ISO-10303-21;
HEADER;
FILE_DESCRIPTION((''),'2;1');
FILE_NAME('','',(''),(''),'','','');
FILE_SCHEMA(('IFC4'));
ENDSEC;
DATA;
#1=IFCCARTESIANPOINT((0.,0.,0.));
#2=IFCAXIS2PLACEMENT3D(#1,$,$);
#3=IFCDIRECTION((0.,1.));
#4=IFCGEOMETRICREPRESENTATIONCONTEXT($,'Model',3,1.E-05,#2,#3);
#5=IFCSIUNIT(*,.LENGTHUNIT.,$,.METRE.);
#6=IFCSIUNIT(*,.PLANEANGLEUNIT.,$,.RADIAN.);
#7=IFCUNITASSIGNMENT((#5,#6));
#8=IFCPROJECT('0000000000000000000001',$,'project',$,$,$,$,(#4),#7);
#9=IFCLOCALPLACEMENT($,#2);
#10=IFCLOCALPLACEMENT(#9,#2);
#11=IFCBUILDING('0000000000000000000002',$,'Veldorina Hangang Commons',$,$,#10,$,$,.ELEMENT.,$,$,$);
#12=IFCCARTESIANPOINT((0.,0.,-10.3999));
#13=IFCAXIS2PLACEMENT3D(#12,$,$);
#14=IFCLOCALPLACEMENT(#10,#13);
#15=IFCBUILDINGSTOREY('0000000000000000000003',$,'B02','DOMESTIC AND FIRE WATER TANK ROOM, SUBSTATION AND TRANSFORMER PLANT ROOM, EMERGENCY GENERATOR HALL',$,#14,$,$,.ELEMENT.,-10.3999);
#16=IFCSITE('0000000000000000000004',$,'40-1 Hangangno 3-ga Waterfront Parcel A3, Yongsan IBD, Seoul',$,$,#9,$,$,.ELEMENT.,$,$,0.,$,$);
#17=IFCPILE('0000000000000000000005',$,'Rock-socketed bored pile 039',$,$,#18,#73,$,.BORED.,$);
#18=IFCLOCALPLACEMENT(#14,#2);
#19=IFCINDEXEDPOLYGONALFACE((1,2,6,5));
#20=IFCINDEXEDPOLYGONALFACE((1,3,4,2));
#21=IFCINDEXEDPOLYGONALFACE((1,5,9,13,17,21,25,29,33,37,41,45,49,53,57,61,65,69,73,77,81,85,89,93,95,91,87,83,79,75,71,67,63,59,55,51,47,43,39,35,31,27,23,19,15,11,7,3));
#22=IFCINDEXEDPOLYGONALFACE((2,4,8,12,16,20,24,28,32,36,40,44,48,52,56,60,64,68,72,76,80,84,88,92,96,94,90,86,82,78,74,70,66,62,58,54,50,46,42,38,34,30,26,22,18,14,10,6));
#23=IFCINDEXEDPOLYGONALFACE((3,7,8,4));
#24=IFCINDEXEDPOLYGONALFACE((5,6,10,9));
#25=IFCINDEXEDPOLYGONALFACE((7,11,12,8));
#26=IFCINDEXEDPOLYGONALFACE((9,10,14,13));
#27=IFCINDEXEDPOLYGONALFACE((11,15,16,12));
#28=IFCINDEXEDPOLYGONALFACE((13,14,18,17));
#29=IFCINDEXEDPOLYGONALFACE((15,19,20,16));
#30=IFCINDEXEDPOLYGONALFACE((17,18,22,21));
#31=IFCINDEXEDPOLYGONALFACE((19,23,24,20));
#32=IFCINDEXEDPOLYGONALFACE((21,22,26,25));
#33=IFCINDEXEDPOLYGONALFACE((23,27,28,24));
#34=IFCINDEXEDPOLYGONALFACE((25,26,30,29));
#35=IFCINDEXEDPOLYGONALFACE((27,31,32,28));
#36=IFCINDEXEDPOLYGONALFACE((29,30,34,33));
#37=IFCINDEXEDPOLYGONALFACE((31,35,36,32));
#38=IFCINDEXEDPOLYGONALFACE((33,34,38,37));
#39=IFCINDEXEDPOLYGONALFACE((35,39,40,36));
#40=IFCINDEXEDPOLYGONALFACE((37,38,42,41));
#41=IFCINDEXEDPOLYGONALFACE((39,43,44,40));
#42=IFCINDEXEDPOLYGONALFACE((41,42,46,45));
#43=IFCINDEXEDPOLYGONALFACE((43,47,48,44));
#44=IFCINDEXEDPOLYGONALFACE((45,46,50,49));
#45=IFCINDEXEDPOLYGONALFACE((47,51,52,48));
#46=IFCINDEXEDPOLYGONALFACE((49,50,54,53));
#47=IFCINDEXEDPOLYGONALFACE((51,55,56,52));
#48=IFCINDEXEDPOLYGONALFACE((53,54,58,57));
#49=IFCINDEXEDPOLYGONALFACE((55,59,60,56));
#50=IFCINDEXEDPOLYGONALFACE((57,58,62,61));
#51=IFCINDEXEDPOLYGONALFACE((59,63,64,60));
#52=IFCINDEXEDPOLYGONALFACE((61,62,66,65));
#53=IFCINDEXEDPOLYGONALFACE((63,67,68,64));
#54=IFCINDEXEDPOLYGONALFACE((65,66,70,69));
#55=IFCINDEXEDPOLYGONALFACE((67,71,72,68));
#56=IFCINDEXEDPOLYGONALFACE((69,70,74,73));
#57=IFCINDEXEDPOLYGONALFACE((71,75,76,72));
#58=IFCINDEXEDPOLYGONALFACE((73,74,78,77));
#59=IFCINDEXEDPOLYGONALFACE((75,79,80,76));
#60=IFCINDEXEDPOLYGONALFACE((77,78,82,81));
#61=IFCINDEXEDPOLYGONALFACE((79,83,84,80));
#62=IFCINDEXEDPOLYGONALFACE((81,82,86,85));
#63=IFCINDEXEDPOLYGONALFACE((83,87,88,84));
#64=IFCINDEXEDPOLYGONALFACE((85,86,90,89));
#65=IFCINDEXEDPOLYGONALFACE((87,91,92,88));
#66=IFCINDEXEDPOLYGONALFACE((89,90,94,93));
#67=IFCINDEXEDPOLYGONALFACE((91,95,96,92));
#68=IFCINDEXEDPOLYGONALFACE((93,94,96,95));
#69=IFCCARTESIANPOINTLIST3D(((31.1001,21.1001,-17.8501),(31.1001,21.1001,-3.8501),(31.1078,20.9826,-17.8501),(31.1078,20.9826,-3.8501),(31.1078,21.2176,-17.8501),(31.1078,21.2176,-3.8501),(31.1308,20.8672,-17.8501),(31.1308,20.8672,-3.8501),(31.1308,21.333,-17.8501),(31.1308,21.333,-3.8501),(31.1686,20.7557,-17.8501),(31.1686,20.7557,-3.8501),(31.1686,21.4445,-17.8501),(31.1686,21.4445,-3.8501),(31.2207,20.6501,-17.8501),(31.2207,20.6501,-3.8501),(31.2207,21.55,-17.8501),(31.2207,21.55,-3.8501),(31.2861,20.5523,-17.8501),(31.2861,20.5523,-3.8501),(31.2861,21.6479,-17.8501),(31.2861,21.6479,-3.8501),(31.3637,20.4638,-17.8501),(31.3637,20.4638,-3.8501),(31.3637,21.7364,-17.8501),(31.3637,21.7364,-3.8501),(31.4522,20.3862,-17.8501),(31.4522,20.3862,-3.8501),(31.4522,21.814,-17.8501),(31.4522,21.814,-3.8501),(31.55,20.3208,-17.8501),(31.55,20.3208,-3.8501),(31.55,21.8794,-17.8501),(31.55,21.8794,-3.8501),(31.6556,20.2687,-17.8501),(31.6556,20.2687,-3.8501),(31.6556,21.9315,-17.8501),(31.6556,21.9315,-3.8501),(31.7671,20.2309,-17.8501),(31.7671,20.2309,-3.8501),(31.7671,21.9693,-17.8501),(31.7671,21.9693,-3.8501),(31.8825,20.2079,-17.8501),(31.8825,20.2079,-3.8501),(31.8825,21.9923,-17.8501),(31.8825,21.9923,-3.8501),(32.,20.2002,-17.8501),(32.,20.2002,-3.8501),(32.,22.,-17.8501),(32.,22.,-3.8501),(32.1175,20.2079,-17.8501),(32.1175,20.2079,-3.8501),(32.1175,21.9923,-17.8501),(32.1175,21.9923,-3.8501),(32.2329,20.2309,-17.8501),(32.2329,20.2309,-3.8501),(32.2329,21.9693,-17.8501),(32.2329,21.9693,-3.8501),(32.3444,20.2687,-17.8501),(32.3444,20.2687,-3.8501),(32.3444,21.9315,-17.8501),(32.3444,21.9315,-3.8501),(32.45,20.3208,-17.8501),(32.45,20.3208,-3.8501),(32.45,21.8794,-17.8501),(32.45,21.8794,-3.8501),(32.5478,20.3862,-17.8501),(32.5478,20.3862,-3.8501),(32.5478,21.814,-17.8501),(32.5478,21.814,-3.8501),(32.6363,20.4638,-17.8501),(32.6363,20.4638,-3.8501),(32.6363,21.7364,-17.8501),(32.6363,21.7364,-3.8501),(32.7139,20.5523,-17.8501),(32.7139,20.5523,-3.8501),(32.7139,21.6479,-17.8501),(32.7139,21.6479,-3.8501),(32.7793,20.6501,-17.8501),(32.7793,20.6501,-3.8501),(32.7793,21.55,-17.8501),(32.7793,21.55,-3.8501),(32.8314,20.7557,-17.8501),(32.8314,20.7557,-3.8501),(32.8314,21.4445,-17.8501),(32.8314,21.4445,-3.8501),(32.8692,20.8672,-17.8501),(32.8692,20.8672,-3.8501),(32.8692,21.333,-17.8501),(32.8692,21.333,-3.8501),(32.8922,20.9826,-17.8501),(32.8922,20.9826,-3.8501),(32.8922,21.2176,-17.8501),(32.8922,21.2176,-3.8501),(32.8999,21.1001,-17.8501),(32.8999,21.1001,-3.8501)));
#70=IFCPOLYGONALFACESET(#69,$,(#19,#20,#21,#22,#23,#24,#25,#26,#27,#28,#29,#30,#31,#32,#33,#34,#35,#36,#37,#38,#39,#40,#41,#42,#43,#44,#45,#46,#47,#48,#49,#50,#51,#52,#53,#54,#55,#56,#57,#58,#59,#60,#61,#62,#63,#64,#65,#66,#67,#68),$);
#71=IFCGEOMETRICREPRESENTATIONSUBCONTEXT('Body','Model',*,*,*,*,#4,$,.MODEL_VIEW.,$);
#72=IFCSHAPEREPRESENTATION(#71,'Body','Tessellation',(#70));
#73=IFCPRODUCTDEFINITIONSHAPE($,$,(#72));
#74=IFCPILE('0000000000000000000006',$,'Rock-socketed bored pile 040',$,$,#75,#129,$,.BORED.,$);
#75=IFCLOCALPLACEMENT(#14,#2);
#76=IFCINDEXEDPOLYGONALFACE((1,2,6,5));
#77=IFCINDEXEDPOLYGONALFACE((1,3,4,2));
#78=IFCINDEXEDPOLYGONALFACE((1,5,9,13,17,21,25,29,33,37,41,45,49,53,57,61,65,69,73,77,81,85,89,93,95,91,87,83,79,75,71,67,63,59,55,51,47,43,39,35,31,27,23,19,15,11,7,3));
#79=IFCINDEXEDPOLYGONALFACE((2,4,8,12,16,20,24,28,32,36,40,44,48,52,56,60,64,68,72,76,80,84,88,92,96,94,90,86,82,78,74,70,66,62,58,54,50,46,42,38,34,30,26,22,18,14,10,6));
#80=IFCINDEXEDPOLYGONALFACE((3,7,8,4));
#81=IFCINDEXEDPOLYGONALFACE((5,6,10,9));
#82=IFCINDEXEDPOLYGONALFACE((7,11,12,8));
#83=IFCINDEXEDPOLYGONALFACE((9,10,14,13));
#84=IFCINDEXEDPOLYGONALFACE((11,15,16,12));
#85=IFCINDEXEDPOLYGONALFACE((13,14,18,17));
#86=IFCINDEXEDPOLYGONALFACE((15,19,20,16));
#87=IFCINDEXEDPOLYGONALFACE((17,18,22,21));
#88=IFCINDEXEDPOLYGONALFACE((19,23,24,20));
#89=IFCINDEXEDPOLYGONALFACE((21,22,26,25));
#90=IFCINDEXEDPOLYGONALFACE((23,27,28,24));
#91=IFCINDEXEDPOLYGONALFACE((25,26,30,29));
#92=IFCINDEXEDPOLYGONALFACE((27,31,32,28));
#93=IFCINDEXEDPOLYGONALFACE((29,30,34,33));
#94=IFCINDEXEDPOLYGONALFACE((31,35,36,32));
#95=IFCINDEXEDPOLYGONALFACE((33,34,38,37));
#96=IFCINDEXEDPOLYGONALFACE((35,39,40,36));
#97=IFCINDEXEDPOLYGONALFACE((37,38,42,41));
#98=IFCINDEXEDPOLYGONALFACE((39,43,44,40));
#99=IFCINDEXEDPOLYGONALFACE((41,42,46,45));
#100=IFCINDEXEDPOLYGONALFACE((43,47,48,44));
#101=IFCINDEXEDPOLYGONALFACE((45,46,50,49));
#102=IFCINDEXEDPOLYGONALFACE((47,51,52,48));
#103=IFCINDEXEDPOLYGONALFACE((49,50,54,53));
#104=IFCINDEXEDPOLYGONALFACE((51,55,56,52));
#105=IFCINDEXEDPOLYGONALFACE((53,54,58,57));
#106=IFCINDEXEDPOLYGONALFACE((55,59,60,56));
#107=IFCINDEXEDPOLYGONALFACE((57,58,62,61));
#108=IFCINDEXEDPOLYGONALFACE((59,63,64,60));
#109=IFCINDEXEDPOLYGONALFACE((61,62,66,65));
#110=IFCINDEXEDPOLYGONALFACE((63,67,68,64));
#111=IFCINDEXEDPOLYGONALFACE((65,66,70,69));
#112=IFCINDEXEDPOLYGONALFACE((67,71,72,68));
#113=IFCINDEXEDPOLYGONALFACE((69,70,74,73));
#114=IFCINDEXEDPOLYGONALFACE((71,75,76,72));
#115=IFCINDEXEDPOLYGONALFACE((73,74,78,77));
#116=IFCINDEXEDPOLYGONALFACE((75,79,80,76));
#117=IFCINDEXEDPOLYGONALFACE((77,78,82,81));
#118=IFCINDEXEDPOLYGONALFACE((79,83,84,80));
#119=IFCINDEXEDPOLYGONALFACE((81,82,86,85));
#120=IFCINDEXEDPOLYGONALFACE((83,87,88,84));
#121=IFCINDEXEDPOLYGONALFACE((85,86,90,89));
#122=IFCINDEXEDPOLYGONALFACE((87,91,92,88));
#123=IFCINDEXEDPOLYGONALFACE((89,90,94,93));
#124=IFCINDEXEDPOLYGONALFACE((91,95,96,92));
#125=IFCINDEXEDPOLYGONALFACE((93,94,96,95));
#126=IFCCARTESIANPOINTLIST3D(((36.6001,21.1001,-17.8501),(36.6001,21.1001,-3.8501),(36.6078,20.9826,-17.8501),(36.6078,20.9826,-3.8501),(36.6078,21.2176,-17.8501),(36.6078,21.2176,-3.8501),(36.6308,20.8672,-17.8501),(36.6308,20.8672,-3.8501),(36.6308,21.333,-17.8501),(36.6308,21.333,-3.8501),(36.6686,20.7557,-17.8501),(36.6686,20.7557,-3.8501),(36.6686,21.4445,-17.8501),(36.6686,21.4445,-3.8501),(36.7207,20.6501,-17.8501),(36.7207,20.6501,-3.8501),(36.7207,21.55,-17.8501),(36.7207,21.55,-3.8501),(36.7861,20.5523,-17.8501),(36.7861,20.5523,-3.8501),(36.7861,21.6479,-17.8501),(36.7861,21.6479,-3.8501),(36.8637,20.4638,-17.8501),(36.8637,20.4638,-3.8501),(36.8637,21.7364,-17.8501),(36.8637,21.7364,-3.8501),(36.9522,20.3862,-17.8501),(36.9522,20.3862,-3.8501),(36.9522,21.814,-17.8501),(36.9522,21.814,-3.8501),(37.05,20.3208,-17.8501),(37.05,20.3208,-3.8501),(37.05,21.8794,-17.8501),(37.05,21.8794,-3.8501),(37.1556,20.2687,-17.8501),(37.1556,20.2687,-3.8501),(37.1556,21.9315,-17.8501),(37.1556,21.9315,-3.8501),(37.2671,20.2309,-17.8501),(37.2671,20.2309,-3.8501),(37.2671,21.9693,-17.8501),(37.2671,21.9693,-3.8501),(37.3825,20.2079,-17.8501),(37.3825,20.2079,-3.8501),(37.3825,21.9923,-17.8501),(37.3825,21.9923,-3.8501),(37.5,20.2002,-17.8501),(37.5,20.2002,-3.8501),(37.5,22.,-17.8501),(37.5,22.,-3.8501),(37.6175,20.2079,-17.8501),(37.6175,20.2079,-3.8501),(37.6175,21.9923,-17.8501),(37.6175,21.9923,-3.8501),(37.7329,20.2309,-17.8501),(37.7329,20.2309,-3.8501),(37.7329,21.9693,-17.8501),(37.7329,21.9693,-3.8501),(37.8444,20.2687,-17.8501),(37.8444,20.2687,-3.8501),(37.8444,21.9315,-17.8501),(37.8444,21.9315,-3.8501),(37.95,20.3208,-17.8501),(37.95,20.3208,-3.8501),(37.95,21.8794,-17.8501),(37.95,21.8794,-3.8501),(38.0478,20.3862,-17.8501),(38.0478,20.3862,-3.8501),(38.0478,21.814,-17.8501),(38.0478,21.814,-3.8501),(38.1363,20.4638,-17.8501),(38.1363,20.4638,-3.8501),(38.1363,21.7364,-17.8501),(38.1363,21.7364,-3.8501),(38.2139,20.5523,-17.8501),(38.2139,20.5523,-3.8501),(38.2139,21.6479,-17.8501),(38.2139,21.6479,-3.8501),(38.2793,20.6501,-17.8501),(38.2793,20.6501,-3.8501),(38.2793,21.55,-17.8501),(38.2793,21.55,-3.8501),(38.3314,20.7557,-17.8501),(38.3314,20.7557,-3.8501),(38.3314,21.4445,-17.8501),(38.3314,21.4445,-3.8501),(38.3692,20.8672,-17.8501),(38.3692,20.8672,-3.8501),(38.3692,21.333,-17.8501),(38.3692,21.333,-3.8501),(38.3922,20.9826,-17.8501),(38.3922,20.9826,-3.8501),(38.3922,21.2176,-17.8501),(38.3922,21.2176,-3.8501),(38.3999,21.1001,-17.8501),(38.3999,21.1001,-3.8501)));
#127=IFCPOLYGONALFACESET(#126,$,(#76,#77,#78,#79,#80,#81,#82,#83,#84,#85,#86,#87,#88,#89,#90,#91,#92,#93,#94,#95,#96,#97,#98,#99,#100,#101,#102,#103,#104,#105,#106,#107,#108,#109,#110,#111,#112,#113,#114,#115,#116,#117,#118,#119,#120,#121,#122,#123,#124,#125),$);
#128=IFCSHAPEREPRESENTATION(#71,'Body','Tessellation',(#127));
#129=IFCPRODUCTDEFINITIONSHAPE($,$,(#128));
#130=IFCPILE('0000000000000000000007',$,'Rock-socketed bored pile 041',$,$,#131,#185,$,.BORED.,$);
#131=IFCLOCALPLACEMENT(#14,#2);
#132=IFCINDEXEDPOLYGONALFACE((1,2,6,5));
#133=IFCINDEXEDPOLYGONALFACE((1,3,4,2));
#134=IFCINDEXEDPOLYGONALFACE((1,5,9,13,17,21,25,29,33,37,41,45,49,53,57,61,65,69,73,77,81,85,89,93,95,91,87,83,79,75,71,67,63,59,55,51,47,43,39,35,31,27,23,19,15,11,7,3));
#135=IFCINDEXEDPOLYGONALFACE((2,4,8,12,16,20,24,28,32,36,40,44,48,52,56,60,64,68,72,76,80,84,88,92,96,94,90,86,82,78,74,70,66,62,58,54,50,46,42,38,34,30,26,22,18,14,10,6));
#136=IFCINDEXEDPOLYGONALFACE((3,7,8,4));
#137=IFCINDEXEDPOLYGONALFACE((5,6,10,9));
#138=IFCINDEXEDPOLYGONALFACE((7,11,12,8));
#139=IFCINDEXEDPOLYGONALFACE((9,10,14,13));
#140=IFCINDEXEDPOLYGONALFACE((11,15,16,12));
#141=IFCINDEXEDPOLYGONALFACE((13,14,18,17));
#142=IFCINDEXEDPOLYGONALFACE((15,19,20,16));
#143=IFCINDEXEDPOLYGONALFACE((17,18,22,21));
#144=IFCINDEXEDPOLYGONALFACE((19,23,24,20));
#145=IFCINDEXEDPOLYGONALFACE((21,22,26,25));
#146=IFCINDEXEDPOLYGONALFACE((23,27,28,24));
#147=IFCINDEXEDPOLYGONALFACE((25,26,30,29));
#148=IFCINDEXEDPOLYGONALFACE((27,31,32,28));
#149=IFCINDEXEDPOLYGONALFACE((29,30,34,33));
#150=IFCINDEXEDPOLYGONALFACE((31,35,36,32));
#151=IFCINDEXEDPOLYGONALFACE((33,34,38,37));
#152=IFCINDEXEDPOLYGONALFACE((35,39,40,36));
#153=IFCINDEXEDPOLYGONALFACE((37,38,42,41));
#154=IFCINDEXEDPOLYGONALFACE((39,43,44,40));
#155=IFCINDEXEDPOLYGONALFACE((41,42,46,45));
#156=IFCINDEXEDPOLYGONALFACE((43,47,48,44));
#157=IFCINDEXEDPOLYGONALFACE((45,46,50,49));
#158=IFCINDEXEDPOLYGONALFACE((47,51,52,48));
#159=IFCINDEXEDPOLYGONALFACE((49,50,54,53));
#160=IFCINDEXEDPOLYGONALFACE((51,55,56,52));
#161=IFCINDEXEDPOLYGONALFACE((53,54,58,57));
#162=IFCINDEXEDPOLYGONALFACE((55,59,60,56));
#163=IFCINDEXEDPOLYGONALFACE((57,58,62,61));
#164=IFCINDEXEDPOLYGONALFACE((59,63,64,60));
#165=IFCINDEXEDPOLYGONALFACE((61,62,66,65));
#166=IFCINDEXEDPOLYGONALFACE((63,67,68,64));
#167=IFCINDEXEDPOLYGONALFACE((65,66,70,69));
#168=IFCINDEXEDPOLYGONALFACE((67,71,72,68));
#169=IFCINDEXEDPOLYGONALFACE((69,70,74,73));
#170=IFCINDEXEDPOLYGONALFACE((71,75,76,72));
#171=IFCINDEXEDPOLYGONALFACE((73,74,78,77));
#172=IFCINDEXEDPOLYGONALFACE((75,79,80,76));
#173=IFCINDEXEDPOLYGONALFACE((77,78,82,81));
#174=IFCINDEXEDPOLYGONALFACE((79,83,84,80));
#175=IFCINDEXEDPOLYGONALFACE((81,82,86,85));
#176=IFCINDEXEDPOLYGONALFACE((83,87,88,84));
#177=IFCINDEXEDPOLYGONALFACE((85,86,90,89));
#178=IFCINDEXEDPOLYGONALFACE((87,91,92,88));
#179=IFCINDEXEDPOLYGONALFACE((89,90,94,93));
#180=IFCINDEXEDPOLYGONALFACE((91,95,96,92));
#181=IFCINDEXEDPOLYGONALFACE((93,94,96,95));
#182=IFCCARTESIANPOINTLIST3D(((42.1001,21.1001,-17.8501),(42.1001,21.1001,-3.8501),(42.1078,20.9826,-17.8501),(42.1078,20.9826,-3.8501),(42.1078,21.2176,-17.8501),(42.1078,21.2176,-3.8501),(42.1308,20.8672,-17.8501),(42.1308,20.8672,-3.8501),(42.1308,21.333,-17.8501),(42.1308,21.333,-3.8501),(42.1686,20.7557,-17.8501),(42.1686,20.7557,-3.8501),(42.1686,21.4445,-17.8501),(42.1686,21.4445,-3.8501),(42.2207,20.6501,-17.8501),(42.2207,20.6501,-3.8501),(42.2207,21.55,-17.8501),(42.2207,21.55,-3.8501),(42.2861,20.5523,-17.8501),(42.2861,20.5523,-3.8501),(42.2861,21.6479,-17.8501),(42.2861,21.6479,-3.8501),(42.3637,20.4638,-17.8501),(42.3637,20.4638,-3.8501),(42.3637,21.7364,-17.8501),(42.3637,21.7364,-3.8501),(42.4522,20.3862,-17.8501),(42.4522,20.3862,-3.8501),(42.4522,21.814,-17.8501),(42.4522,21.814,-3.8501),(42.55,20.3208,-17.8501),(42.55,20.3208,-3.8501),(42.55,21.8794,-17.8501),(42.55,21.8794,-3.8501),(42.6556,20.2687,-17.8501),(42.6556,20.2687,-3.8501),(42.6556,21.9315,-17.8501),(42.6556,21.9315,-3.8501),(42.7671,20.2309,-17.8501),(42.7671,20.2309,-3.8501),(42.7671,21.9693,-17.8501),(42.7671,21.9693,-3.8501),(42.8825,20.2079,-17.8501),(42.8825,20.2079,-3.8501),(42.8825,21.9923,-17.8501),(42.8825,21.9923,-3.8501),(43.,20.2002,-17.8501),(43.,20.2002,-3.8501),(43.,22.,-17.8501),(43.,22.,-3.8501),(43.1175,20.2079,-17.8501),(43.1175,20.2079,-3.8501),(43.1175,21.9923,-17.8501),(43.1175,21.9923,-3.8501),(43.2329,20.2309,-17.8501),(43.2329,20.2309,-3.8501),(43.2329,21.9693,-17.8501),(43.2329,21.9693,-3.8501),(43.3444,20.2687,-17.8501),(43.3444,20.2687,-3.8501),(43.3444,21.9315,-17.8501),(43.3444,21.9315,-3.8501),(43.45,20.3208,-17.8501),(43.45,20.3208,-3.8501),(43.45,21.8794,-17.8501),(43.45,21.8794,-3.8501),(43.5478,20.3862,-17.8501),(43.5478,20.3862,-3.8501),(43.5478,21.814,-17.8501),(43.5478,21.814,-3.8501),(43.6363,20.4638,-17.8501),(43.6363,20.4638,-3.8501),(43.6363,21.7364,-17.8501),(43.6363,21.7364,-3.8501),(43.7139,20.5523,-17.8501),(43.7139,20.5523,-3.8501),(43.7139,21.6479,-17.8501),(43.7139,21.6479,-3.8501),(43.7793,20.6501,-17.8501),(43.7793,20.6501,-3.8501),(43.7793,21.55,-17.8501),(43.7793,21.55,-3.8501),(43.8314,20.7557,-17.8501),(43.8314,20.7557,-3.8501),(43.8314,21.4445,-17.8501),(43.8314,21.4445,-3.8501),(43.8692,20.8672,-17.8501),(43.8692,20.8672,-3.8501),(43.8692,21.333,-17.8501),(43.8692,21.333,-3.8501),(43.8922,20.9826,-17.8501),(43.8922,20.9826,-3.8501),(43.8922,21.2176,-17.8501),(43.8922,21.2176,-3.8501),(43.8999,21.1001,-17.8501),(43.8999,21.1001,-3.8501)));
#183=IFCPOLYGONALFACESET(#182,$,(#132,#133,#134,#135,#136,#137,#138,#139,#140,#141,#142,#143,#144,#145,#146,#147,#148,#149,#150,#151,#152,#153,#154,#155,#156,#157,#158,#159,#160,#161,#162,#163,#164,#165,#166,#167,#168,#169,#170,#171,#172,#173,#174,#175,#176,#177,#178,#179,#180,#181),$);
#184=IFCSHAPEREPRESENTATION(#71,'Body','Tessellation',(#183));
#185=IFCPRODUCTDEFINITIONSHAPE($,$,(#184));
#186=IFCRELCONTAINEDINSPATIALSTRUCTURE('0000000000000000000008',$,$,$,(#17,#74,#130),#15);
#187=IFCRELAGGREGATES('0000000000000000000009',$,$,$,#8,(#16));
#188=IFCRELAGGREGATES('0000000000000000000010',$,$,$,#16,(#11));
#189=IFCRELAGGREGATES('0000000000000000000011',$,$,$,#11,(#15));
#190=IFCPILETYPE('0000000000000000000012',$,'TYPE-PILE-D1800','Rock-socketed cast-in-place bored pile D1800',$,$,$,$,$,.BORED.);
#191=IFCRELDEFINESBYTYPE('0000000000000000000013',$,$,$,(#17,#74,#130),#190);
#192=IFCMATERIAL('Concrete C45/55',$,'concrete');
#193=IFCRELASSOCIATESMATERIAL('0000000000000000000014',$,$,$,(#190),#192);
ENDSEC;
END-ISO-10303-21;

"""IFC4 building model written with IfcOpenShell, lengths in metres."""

from ifc_helpers import new_model, si_unit, direction, frame, origin, origin_2d, place, context, subcontext, project, spatial, circle, extrude, material, material_profile, profile_set, type_object, element, save


model = new_model("IFC4")

# Units and contexts
model_context = context("Model", 3, precision=1e-05, world=origin(), true_north=direction((0.0, 1.0)))
body_context = subcontext(model_context, "Body", "Model", "MODEL_VIEW")
ifc_project = project(units=[si_unit("LENGTHUNIT", "METRE"), si_unit("PLANEANGLEUNIT", "RADIAN")], contexts=[model_context])

# Site, building, storey
site_placement = place(None, origin())
site = spatial("IfcSite", under=ifc_project, at=site_placement, Name="40-1 Hangangno 3-ga Waterfront Parcel A3, Yongsan IBD, Seoul", CompositionType="ELEMENT", RefElevation=0.0)
building_placement = place(site_placement, origin())
building = spatial("IfcBuilding", under=site, at=building_placement, Name="Veldorina Hangang Commons", CompositionType="ELEMENT")
storey_placement = place(building_placement, frame((0.0, 0.0, -10.3999)))
storey = spatial("IfcBuildingStorey", under=building, at=storey_placement, Name="B02", Description="DOMESTIC AND FIRE WATER TANK ROOM, SUBSTATION AND TRANSFORMER PLANT ROOM, EMERGENCY GENERATOR HALL", CompositionType="ELEMENT", Elevation=-10.3999)

# Piles
ifc_material_1 = material(Name="Concrete C45/55", Category="concrete")
ifc_material_profile_1 = material_profile(ifc_material_1, circle(Radius=0.8999, at=origin_2d()), Name="PILE-D1800")
ifc_profile_set_1 = profile_set([ifc_material_profile_1], Name="Concrete C45/55")
pile_type = type_object("IfcPileType", Name="TYPE-PILE-D1800", Description="Rock-socketed cast-in-place bored pile D1800", PredefinedType="BORED", material=ifc_profile_set_1)
for number, where, z_axis, x_axis, name in (
    (1, (32.0, 21.1001, -3.8501), (0.0, 0.0, -1.0), (1.0, 0.0, 0.0), "Rock-socketed bored pile 039"),
    (2, (37.5, 21.1001, -3.8501), (0.0, 0.0, -1.0), (1.0, 0.0, 0.0), "Rock-socketed bored pile 040"),
    (3, (43.0, 21.1001, -3.8501), (0.0, 0.0, -1.0), (1.0, 0.0, 0.0), "Rock-socketed bored pile 041"),
):
    element("IfcPile", number, at=place(storey_placement, frame(where, z_axis=z_axis, x_axis=x_axis)), inside=storey, type_object=pile_type, Name=name, PredefinedType="BORED", context=body_context, shape_type="SweptSolid", body=[
        extrude(circle(Radius=0.8999, at=origin_2d()), origin(), (0.0, 0.0, 1.0), 14.0),
    ])

save(model, "model.ifc")
